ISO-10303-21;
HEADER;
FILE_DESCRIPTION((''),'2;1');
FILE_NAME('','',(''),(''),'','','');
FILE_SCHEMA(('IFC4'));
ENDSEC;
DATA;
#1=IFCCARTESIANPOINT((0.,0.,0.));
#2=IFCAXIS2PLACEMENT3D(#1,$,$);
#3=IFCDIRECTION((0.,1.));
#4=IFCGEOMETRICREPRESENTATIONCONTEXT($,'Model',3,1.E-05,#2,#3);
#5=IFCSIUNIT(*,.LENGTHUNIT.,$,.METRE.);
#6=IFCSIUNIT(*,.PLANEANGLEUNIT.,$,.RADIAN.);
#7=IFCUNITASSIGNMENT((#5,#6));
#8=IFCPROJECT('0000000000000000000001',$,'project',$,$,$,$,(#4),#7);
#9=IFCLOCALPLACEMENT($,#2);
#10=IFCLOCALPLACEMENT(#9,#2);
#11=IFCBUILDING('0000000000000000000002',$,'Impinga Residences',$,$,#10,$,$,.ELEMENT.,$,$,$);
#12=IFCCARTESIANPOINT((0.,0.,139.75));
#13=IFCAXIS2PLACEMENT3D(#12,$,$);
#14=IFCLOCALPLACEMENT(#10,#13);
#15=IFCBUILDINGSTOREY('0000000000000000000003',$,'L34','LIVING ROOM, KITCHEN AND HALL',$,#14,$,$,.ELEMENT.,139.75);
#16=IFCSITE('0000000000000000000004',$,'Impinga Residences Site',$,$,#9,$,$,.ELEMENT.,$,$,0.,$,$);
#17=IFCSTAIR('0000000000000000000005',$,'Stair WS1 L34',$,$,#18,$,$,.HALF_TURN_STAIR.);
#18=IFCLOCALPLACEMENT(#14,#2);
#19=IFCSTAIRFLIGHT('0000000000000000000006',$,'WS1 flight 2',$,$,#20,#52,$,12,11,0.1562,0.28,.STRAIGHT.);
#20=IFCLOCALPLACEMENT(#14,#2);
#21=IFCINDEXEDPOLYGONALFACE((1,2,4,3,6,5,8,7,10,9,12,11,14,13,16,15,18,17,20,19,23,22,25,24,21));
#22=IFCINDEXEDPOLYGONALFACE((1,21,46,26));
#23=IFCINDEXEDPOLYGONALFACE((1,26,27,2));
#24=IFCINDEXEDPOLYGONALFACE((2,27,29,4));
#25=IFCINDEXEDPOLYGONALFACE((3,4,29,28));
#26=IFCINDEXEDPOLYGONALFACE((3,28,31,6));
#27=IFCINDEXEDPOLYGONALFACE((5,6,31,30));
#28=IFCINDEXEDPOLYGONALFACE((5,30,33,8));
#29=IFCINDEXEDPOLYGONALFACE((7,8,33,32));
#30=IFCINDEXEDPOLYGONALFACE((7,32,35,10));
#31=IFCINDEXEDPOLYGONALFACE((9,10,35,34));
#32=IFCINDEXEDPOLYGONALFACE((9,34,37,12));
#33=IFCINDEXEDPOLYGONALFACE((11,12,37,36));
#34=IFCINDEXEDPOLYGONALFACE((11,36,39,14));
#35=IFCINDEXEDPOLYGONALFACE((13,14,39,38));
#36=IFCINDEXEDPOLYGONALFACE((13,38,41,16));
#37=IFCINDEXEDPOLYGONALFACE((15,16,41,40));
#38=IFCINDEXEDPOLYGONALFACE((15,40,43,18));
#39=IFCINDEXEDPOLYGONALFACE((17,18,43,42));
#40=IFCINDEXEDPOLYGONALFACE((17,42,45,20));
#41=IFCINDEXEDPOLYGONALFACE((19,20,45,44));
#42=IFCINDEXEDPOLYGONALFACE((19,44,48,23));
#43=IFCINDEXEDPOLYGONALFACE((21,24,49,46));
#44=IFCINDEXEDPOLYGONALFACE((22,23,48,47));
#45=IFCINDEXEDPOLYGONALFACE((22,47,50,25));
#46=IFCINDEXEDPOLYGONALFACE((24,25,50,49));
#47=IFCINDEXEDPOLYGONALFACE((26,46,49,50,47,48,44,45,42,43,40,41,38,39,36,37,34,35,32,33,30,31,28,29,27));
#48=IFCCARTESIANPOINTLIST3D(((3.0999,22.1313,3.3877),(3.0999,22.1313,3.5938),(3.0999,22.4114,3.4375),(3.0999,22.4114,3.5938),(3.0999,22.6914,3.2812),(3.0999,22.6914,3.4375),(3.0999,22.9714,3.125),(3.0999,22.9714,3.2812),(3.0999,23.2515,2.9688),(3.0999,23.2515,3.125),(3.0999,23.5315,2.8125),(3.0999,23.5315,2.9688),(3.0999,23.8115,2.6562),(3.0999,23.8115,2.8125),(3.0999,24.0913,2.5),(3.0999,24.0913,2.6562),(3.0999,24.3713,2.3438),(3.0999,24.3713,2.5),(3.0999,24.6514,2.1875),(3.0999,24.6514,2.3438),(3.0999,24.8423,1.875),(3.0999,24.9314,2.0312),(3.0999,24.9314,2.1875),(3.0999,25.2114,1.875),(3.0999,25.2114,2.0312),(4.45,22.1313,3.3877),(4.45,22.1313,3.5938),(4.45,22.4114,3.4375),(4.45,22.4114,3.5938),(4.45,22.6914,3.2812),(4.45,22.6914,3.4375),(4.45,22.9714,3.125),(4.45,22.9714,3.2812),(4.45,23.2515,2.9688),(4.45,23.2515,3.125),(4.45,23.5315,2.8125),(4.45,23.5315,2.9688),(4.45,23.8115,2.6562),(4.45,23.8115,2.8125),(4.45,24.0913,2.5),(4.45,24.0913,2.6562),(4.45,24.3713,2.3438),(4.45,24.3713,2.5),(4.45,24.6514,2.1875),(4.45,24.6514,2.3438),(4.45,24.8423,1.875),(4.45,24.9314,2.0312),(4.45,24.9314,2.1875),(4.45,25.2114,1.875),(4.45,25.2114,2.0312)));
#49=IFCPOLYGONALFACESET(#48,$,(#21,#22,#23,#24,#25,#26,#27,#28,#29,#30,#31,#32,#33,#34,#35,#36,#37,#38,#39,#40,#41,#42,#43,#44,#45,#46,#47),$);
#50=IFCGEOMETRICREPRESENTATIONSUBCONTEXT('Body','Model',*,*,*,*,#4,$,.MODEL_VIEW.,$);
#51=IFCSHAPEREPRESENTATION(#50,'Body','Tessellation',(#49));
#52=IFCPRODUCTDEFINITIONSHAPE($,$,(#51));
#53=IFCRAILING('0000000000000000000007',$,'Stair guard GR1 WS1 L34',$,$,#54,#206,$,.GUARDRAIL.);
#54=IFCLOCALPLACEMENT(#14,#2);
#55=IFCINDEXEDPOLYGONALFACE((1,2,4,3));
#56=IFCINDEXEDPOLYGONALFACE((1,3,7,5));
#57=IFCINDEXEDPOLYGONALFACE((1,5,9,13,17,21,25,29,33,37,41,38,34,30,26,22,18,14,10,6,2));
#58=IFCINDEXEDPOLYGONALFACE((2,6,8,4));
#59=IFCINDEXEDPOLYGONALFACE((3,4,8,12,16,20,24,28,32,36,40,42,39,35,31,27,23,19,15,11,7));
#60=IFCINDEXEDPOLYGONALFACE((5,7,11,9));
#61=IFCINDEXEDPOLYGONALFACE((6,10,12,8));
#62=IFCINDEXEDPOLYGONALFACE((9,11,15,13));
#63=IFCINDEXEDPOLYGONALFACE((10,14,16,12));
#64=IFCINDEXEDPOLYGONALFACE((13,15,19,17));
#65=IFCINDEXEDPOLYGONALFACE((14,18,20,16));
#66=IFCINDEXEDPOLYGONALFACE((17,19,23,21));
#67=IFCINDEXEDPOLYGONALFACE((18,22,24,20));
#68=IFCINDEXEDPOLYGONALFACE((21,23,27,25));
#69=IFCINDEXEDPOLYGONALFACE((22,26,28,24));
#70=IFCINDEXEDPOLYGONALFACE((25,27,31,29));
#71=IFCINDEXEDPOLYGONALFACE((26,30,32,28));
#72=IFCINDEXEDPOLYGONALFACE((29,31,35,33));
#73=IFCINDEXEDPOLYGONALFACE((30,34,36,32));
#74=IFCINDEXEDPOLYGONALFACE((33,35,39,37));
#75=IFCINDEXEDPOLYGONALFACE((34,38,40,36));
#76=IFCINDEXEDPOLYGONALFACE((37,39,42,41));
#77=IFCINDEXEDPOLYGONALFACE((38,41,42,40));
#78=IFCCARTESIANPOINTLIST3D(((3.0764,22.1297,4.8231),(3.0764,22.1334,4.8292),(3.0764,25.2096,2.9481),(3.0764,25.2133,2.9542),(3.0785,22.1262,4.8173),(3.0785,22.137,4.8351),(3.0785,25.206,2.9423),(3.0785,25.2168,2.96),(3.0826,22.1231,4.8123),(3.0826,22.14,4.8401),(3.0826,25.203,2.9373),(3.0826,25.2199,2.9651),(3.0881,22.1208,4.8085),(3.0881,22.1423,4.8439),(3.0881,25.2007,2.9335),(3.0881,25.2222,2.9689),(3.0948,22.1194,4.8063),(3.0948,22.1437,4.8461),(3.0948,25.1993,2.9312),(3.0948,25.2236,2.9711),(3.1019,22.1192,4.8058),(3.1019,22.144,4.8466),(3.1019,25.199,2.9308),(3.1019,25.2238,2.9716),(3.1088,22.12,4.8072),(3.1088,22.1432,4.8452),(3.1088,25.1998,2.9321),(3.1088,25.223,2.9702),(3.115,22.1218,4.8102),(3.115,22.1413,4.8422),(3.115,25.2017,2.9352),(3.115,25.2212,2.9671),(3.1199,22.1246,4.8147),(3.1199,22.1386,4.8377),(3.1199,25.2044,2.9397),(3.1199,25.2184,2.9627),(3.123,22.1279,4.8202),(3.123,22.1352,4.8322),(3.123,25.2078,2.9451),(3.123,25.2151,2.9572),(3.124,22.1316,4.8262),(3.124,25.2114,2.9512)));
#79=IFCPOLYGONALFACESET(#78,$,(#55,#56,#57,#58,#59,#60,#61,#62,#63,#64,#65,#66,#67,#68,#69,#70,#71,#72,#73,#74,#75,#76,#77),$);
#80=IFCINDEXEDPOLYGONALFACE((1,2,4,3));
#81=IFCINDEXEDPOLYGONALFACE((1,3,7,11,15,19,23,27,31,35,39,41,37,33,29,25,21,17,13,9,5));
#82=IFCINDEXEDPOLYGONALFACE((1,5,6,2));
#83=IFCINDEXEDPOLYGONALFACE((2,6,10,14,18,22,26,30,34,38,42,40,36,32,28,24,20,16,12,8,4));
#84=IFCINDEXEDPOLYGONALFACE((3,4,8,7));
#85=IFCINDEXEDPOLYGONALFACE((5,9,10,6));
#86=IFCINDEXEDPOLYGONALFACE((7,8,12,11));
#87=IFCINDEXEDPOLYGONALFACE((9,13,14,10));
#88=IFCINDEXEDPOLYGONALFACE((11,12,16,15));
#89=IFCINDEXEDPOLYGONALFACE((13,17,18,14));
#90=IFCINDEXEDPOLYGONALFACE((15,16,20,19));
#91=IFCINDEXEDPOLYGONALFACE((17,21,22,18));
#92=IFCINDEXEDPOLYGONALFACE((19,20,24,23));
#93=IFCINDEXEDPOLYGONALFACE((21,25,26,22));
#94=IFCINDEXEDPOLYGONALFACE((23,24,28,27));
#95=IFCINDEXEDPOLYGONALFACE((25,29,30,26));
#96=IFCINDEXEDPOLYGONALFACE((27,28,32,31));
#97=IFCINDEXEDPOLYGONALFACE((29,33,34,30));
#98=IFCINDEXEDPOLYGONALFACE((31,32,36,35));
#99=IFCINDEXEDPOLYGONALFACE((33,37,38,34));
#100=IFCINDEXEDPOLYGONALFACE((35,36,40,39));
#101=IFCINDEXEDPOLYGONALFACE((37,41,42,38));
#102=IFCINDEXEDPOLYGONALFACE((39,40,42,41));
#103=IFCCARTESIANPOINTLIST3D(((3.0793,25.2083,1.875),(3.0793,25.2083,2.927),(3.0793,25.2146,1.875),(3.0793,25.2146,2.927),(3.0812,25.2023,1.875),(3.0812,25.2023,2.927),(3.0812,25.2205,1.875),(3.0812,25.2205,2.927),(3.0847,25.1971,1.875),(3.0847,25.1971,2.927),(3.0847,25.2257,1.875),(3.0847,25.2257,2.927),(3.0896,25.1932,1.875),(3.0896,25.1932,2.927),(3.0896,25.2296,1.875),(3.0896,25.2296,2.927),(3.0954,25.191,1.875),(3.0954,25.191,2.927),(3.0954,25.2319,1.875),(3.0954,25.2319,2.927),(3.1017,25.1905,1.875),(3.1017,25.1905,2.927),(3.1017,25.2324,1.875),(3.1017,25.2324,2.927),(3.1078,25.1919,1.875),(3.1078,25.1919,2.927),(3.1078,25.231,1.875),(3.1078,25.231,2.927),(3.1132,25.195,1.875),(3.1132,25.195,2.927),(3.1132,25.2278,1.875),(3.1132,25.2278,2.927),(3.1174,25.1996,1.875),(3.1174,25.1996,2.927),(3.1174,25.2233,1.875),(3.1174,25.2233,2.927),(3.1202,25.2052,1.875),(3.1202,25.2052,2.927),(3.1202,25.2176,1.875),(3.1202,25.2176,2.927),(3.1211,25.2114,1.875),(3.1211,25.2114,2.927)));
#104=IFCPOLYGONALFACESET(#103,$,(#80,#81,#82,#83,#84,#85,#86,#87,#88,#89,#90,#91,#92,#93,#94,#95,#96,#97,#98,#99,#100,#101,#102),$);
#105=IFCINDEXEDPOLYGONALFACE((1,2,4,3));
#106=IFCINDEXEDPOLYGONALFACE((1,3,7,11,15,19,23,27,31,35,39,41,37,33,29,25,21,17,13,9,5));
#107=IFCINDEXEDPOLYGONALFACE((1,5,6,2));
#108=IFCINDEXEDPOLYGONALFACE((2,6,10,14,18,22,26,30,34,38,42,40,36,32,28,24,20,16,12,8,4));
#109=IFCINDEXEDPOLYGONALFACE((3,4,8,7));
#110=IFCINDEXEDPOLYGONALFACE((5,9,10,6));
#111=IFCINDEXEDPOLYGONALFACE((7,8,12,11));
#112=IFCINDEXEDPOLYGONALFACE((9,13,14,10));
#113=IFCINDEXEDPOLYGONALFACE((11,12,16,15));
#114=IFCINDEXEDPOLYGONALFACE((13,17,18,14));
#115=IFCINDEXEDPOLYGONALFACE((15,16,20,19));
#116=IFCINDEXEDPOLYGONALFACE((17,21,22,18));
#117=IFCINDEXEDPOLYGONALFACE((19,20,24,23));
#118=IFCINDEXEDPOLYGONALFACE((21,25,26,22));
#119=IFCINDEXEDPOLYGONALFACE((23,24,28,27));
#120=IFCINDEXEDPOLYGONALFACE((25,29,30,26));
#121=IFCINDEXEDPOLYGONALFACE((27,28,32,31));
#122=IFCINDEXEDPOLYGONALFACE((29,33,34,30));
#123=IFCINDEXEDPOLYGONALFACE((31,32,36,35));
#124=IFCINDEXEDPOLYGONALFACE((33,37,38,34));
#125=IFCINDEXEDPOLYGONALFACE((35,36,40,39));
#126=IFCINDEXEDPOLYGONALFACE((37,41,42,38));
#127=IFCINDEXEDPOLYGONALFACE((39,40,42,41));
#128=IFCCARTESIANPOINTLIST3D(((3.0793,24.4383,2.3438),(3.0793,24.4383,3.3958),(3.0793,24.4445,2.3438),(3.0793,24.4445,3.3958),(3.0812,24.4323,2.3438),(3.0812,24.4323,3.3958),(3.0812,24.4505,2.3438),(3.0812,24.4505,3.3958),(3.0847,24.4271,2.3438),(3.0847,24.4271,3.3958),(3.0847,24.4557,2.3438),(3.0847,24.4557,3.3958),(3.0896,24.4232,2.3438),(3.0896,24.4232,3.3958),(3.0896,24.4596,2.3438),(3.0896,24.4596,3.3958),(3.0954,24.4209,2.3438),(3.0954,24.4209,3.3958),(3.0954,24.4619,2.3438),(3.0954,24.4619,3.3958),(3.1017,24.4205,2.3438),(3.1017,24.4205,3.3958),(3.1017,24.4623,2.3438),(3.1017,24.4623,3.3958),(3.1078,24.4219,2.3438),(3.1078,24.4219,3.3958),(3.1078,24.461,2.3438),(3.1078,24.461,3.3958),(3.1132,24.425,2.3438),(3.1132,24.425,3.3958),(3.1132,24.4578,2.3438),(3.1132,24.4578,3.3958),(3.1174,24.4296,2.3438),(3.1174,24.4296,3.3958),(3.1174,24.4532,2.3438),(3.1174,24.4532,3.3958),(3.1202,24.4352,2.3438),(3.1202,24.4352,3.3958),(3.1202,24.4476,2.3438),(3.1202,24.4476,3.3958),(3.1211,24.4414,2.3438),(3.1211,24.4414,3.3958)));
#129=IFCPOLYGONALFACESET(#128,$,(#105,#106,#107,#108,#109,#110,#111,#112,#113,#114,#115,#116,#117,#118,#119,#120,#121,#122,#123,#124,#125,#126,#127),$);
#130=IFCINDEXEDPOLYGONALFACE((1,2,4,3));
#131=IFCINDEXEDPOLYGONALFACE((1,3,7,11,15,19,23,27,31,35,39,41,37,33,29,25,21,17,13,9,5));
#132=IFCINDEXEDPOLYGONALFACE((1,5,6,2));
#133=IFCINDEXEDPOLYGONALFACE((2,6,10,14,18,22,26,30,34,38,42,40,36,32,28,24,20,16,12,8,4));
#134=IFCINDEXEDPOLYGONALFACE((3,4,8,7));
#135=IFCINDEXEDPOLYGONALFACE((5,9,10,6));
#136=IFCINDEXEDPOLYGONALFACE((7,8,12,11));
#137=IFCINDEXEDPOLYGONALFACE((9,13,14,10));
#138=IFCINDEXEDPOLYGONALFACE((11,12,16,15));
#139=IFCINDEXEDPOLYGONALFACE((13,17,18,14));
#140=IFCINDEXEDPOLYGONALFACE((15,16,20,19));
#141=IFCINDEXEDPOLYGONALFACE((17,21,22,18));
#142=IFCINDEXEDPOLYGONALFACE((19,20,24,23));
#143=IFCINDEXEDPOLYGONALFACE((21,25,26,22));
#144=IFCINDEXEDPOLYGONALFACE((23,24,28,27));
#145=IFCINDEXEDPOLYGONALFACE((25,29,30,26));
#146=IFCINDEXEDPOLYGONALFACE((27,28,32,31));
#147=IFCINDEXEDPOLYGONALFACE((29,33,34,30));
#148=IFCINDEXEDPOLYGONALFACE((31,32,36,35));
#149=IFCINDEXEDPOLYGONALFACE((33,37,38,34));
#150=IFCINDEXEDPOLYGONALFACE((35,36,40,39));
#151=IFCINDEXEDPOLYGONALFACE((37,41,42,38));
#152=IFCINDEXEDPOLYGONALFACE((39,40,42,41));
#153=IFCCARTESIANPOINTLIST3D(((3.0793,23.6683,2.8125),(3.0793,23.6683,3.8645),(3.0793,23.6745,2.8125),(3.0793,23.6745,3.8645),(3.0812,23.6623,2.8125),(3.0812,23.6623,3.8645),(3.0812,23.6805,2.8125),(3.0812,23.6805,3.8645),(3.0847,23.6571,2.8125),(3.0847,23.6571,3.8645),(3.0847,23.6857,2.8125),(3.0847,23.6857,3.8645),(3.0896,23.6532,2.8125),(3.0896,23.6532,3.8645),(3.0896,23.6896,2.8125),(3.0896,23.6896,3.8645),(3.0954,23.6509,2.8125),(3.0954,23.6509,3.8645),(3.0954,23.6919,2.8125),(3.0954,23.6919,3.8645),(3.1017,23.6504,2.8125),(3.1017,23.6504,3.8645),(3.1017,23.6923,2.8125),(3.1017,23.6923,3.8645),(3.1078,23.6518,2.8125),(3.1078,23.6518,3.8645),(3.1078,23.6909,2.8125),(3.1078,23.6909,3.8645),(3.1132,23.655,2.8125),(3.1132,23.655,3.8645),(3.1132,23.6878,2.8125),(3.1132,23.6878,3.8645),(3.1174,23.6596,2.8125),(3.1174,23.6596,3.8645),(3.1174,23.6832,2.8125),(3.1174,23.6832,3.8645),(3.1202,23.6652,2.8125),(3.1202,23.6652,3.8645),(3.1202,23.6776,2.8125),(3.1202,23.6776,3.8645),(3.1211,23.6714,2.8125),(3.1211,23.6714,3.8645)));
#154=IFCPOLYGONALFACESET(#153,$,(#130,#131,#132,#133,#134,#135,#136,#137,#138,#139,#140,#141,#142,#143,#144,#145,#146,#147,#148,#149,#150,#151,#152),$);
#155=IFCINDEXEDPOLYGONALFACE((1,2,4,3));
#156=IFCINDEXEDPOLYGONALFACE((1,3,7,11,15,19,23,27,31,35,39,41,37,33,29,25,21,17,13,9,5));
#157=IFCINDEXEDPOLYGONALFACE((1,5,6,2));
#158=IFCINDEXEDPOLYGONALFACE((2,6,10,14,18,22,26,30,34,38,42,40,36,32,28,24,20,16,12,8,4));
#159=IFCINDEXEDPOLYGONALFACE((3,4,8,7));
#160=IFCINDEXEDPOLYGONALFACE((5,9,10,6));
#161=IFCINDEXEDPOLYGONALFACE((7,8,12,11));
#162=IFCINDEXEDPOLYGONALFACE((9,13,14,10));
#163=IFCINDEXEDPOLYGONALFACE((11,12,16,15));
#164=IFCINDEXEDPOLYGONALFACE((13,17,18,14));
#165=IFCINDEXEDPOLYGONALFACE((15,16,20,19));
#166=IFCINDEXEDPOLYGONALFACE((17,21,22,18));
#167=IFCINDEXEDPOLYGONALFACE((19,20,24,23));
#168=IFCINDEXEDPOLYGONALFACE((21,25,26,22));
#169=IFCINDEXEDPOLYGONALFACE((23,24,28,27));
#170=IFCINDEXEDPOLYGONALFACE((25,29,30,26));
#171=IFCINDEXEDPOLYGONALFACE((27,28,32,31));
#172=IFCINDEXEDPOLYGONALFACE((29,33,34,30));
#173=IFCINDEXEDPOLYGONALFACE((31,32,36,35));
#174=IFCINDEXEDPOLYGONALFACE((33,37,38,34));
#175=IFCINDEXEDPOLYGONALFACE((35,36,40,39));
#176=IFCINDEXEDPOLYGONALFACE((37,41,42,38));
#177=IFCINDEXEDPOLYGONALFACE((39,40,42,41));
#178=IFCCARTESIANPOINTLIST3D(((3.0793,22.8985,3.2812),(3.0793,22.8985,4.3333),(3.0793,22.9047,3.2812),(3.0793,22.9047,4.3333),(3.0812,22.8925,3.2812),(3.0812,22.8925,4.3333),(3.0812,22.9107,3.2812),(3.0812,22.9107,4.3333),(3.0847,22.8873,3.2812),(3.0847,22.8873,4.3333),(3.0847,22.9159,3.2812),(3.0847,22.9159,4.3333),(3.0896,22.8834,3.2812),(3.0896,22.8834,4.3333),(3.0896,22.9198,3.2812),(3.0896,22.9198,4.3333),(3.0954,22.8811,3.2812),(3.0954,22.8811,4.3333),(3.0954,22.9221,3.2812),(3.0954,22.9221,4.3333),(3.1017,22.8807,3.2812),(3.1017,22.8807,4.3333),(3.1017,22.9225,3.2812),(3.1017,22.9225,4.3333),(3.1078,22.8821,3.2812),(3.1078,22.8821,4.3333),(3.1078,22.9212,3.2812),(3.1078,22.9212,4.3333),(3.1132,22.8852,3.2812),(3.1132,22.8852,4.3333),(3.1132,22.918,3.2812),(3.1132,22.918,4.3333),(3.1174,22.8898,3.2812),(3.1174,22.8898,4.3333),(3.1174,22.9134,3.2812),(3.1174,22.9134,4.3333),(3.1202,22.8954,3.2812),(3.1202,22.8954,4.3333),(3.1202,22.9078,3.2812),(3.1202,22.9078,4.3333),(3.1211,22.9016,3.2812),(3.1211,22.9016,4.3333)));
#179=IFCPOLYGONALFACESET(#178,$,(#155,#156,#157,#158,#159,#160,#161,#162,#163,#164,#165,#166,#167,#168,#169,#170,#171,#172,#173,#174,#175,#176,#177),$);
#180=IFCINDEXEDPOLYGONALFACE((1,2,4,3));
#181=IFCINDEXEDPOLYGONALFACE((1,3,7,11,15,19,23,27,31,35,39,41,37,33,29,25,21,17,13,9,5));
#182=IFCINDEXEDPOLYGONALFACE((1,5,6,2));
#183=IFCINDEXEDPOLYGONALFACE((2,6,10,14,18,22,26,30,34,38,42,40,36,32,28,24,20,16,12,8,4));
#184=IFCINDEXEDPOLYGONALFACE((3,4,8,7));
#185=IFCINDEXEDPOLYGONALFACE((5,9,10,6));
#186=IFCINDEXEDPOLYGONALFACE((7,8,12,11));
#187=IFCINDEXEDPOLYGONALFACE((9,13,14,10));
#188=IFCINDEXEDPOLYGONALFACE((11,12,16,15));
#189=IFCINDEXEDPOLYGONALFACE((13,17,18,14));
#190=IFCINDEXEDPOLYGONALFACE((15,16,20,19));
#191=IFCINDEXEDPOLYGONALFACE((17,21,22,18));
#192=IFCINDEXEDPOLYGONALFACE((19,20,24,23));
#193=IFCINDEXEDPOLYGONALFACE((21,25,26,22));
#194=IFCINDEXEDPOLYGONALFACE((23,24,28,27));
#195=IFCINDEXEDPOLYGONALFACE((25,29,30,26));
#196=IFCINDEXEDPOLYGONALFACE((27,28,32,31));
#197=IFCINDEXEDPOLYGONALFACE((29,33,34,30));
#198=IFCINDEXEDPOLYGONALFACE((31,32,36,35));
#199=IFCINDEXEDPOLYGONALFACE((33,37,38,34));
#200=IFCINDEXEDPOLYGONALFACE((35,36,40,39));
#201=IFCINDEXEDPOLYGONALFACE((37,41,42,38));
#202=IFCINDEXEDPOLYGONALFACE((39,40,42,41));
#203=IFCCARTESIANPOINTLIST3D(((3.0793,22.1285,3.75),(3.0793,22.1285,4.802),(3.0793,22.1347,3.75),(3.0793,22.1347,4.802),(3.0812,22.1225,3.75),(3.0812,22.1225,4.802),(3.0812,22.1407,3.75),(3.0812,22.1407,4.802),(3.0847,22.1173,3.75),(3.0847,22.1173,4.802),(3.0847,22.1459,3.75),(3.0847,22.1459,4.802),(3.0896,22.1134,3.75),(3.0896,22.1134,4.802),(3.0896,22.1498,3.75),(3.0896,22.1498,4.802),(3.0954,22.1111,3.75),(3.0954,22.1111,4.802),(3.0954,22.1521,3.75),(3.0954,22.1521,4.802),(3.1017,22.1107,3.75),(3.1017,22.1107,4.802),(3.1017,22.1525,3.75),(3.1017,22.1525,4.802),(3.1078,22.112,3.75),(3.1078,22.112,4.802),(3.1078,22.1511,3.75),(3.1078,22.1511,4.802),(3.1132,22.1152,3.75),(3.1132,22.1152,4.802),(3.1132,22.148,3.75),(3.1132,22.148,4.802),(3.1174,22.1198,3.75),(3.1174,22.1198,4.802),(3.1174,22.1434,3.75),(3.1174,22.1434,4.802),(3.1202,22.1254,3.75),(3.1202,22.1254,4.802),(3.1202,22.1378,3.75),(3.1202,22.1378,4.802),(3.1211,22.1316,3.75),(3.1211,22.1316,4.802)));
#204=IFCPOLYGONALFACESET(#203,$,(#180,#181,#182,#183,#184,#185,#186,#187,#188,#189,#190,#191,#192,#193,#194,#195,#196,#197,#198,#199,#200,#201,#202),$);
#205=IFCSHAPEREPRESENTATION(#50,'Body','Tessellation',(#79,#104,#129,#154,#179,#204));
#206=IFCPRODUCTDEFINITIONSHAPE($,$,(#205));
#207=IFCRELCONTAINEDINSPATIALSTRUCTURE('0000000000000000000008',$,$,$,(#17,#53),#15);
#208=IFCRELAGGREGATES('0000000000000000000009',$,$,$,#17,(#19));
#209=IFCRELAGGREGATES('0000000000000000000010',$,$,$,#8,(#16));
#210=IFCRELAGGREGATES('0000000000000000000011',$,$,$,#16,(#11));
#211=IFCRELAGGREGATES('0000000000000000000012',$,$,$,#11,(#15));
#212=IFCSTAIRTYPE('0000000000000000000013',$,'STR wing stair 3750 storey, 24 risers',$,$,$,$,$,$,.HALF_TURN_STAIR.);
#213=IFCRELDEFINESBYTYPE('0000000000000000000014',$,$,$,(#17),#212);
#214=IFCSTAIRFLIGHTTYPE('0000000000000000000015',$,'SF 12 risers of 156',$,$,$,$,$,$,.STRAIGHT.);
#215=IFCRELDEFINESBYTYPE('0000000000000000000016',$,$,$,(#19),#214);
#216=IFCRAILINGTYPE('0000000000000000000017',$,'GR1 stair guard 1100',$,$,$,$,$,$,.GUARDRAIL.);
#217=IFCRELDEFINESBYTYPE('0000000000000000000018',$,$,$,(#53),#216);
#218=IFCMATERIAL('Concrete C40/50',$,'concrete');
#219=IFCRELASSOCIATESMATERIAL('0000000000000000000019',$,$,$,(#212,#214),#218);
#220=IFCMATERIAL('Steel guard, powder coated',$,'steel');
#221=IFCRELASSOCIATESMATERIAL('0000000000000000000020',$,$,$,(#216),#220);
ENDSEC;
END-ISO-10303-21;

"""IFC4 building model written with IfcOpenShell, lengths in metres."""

from ifc_helpers import new_model, si_unit, direction, frame, origin, origin_2d, place, context, subcontext, project, spatial, polyline, circle, outline, extrude, material, type_object, element, aggregate, save


model = new_model("IFC4")

# Units and contexts
model_context = context("Model", 3, precision=1e-05, world=origin(), true_north=direction((0.0, 1.0)))
body_context = subcontext(model_context, "Body", "Model", "MODEL_VIEW")
ifc_project = project(units=[si_unit("LENGTHUNIT", "METRE"), si_unit("PLANEANGLEUNIT", "RADIAN")], contexts=[model_context])

# Site, building, storey
site_placement = place(None, origin())
site = spatial("IfcSite", under=ifc_project, at=site_placement, Name="Impinga Residences Site", CompositionType="ELEMENT", RefElevation=0.0)
building_placement = place(site_placement, origin())
building = spatial("IfcBuilding", under=site, at=building_placement, Name="Impinga Residences", CompositionType="ELEMENT")
storey_placement = place(building_placement, frame((0.0, 0.0, 139.75)))
storey = spatial("IfcBuildingStorey", under=building, at=storey_placement, Name="L34", Description="LIVING ROOM, KITCHEN AND HALL", CompositionType="ELEMENT", Elevation=139.75)

# Stair, stair flight
ifc_material_1 = material(Name="Concrete C40/50", Category="concrete")
stair_type = type_object("IfcStairType", Name="STR wing stair 3750 storey, 24 risers", PredefinedType="HALF_TURN_STAIR", material=ifc_material_1)
stair_placement = place(storey_placement, origin())
stair = element("IfcStair", 1, at=stair_placement, inside=storey, type_object=stair_type, Name="Stair WS1 L34", PredefinedType="HALF_TURN_STAIR")
stair_flight_type = type_object("IfcStairFlightType", Name="SF 12 risers of 156", PredefinedType="STRAIGHT", material=ifc_material_1)
stair_flight_placement = place(storey_placement, frame((3.7749, 25.2114, 1.875), z_axis=(0.0, 0.0, 1.0), x_axis=(0.0, -1.0, 0.0)))
stair_flight = element("IfcStairFlight", 2, at=stair_flight_placement, type_object=stair_flight_type, Name="WS1 flight 2", NumberOfRisers=12, NumberOfTreads=11, PredefinedType="STRAIGHT", RiserHeight=0.1562, TreadLength=0.28, context=body_context, shape_type="SweptSolid", body=[
    extrude(outline(polyline([(0.0, 0.0), (0.0, 0.1562), (0.28, 0.1562), (0.28, 0.3125), (0.5601, 0.3125), (0.5601, 0.4688), (0.8401, 0.4688), (0.8401, 0.625), (1.1201, 0.625), (1.1201, 0.7812), (1.3999, 0.7812), (1.3999, 0.9375), (1.6799, 0.9375), (1.6799, 1.0938), (1.96, 1.0938), (1.96, 1.25), (2.24, 1.25), (2.24, 1.4062), (2.52, 1.4062), (2.52, 1.5625), (2.8, 1.5625), (2.8, 1.7188), (3.0801, 1.7188), (3.0801, 1.875), (3.0801, 1.5127), (0.3691, 0.0), (0.0, 0.0)])), frame((0.0, 0.675, 0.0), z_axis=(0.0, -1.0, 0.0), x_axis=(1.0, 0.0, 0.0)), (0.0, 0.0, 1.0), 1.3501),
])
aggregate(stair, [stair_flight])

# Railing
ifc_material_2 = material(Name="Steel guard, powder coated", Category="steel")
railing_type_1 = type_object("IfcRailingType", Name="GR1 stair guard 1100", PredefinedType="GUARDRAIL", material=ifc_material_2)
railing_1_placement = place(storey_placement, frame((3.1001, 25.2114, 1.875)))
element("IfcRailing", 3, at=railing_1_placement, inside=storey, type_object=railing_type_1, Name="Stair guard GR1 WS1 L34", PredefinedType="GUARDRAIL", context=body_context, shape_type="SweptSolid", body=[
    extrude(circle(Radius=0.0239, at=origin_2d()), frame((0.0, 0.0, 1.0762), z_axis=(0.0, -0.854159, 0.520011), x_axis=(1.0, 0.0, 0.0)), (0.0, 0.0, 1.0), 3.6057),
    extrude(circle(Radius=0.021, at=origin_2d()), origin(), (0.0, 0.0, 1.0), 1.052),
    extrude(circle(Radius=0.021, at=origin_2d()), frame((0.0, -0.77, 0.4688)), (0.0, 0.0, 1.0), 1.052),
    extrude(circle(Radius=0.021, at=origin_2d()), frame((0.0, -1.54, 0.9375)), (0.0, 0.0, 1.0), 1.052),
    extrude(circle(Radius=0.021, at=origin_2d()), frame((0.0, -2.3098, 1.4062)), (0.0, 0.0, 1.0), 1.052),
    extrude(circle(Radius=0.021, at=origin_2d()), frame((0.0, -3.0798, 1.875)), (0.0, 0.0, 1.0), 1.052),
])

save(model, "model.ifc")
